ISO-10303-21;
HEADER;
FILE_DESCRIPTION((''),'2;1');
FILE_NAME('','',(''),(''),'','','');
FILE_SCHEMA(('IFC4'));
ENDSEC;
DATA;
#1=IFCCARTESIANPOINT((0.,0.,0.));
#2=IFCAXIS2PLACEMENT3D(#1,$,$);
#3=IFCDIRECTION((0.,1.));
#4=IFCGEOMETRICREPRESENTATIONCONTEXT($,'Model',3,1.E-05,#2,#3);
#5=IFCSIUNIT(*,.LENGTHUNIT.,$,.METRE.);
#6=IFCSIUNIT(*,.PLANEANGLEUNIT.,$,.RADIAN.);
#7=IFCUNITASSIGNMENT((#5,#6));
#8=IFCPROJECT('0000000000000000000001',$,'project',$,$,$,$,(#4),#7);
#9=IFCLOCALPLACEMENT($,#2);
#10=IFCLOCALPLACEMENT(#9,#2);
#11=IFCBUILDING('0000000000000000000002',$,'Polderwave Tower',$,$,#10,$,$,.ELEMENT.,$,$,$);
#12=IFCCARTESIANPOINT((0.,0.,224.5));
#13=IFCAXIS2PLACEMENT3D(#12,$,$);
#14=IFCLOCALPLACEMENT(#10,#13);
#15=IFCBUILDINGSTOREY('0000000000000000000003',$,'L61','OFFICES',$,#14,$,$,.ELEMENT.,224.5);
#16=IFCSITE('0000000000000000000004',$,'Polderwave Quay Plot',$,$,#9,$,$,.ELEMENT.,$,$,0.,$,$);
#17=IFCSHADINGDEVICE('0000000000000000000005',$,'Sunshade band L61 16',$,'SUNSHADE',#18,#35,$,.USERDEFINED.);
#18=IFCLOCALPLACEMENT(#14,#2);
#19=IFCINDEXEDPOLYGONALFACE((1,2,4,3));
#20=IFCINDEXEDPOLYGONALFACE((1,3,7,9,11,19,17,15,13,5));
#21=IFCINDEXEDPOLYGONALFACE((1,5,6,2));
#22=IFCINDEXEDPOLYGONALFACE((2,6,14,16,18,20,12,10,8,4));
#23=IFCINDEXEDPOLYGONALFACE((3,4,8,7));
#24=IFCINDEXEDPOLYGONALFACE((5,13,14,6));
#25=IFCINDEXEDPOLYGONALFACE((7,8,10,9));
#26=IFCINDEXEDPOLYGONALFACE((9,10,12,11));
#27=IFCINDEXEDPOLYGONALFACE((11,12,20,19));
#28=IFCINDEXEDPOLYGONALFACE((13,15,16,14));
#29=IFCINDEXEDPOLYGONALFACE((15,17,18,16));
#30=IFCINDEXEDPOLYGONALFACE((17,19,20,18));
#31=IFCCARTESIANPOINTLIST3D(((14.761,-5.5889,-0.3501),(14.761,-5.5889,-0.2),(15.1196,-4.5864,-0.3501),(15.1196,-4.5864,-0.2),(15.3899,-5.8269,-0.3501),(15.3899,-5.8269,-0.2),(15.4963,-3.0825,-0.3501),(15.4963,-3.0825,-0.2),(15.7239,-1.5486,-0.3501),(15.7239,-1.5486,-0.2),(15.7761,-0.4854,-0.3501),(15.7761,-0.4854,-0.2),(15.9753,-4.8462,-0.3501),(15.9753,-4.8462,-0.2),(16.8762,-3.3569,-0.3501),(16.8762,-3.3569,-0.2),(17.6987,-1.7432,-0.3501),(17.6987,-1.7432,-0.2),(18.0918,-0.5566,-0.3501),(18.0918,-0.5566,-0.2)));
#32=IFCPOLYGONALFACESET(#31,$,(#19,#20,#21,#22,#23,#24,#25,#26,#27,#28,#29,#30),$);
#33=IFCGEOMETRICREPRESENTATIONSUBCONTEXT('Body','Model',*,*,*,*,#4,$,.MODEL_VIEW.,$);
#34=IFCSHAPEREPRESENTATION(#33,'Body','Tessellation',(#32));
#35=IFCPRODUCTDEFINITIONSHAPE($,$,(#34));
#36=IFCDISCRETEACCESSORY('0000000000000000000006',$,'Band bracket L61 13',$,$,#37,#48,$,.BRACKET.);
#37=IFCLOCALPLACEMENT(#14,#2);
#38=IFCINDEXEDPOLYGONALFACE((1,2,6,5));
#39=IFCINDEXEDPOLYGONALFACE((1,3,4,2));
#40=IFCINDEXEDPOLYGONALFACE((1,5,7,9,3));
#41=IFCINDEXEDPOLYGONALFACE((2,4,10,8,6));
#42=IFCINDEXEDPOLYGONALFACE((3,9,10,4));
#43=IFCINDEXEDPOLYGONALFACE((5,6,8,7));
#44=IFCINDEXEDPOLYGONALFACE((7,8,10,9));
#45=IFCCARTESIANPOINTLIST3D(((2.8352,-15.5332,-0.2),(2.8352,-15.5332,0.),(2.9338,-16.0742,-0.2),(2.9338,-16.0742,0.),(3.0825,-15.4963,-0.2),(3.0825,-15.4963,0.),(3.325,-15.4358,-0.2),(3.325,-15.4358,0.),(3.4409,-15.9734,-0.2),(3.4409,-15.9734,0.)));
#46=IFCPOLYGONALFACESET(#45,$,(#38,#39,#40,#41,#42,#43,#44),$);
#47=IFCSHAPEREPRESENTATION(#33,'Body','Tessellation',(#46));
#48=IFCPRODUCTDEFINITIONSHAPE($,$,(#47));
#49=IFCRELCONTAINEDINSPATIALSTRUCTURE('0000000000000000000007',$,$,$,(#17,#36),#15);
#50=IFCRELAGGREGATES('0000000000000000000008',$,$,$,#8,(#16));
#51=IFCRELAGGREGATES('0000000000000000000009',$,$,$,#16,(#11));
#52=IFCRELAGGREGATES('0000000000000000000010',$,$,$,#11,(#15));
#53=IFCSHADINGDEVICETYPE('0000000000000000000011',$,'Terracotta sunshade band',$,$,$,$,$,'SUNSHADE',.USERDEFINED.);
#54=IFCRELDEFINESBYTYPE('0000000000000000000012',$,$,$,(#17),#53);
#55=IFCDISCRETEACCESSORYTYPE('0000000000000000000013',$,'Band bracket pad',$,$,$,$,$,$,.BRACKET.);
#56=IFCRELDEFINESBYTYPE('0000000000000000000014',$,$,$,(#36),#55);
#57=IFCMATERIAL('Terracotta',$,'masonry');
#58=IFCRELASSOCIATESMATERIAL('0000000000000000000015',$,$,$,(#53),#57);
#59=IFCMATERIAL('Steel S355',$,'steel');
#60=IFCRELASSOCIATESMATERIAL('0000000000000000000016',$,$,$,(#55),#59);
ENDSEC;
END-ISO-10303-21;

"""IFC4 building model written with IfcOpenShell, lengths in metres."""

from ifc_helpers import new_model, si_unit, direction, frame, origin, place, context, subcontext, project, spatial, polyline, outline, extrude, material, type_object, element, save


model = new_model("IFC4")

# Units and contexts
model_context = context("Model", 3, precision=1e-05, world=origin(), true_north=direction((0.0, 1.0)))
body_context = subcontext(model_context, "Body", "Model", "MODEL_VIEW")
ifc_project = project(units=[si_unit("LENGTHUNIT", "METRE"), si_unit("PLANEANGLEUNIT", "RADIAN")], contexts=[model_context])

# Site, building, storey
site_placement = place(None, origin())
site = spatial("IfcSite", under=ifc_project, at=site_placement, Name="Polderwave Quay Plot", CompositionType="ELEMENT", RefElevation=0.0)
building_placement = place(site_placement, origin())
building = spatial("IfcBuilding", under=site, at=building_placement, Name="Polderwave Tower", CompositionType="ELEMENT")
storey_placement = place(building_placement, frame((0.0, 0.0, 224.5)))
storey = spatial("IfcBuildingStorey", under=building, at=storey_placement, Name="L61", Description="OFFICES", CompositionType="ELEMENT", Elevation=224.5)

# Shading device
ifc_material_1 = material(Name="Terracotta", Category="masonry")
shading_device_type = type_object("IfcShadingDeviceType", Name="Terracotta sunshade band", ElementType="SUNSHADE", PredefinedType="USERDEFINED", material=ifc_material_1)
shading_device_1_placement = place(storey_placement, frame((0.0, 0.0, -0.3501)))
element("IfcShadingDevice", 1, at=shading_device_1_placement, inside=storey, type_object=shading_device_type, Name="Sunshade band L61 16", ObjectType="SUNSHADE", PredefinedType="USERDEFINED", context=body_context, shape_type="SweptSolid", body=[
    extrude(outline(polyline([(14.761, -5.5889), (15.1196, -4.5864), (15.4963, -3.0825), (15.7239, -1.5486), (15.7761, -0.4854), (18.0918, -0.5566), (17.6987, -1.7432), (16.8762, -3.3569), (15.9753, -4.8462), (15.3899, -5.8269), (14.761, -5.5889)])), origin(), (0.0, 0.0, 1.0), 0.1501),
])

# Discrete accessory
ifc_material_2 = material(Name="Steel S355", Category="steel")
discrete_accessory_type = type_object("IfcDiscreteAccessoryType", Name="Band bracket pad", PredefinedType="BRACKET", material=ifc_material_2)
discrete_accessory_placement = place(storey_placement, frame((0.0, 0.0, -0.2)))
element("IfcDiscreteAccessory", 2, at=discrete_accessory_placement, inside=storey, type_object=discrete_accessory_type, Name="Band bracket L61 13", PredefinedType="BRACKET", context=body_context, shape_type="SweptSolid", body=[
    extrude(outline(polyline([(2.8352, -15.5332), (3.0825, -15.4963), (3.325, -15.4358), (3.4409, -15.9734), (2.9338, -16.0742), (2.8352, -15.5332)])), origin(), (0.0, 0.0, 1.0), 0.2),
])

save(model, "model.ifc")
